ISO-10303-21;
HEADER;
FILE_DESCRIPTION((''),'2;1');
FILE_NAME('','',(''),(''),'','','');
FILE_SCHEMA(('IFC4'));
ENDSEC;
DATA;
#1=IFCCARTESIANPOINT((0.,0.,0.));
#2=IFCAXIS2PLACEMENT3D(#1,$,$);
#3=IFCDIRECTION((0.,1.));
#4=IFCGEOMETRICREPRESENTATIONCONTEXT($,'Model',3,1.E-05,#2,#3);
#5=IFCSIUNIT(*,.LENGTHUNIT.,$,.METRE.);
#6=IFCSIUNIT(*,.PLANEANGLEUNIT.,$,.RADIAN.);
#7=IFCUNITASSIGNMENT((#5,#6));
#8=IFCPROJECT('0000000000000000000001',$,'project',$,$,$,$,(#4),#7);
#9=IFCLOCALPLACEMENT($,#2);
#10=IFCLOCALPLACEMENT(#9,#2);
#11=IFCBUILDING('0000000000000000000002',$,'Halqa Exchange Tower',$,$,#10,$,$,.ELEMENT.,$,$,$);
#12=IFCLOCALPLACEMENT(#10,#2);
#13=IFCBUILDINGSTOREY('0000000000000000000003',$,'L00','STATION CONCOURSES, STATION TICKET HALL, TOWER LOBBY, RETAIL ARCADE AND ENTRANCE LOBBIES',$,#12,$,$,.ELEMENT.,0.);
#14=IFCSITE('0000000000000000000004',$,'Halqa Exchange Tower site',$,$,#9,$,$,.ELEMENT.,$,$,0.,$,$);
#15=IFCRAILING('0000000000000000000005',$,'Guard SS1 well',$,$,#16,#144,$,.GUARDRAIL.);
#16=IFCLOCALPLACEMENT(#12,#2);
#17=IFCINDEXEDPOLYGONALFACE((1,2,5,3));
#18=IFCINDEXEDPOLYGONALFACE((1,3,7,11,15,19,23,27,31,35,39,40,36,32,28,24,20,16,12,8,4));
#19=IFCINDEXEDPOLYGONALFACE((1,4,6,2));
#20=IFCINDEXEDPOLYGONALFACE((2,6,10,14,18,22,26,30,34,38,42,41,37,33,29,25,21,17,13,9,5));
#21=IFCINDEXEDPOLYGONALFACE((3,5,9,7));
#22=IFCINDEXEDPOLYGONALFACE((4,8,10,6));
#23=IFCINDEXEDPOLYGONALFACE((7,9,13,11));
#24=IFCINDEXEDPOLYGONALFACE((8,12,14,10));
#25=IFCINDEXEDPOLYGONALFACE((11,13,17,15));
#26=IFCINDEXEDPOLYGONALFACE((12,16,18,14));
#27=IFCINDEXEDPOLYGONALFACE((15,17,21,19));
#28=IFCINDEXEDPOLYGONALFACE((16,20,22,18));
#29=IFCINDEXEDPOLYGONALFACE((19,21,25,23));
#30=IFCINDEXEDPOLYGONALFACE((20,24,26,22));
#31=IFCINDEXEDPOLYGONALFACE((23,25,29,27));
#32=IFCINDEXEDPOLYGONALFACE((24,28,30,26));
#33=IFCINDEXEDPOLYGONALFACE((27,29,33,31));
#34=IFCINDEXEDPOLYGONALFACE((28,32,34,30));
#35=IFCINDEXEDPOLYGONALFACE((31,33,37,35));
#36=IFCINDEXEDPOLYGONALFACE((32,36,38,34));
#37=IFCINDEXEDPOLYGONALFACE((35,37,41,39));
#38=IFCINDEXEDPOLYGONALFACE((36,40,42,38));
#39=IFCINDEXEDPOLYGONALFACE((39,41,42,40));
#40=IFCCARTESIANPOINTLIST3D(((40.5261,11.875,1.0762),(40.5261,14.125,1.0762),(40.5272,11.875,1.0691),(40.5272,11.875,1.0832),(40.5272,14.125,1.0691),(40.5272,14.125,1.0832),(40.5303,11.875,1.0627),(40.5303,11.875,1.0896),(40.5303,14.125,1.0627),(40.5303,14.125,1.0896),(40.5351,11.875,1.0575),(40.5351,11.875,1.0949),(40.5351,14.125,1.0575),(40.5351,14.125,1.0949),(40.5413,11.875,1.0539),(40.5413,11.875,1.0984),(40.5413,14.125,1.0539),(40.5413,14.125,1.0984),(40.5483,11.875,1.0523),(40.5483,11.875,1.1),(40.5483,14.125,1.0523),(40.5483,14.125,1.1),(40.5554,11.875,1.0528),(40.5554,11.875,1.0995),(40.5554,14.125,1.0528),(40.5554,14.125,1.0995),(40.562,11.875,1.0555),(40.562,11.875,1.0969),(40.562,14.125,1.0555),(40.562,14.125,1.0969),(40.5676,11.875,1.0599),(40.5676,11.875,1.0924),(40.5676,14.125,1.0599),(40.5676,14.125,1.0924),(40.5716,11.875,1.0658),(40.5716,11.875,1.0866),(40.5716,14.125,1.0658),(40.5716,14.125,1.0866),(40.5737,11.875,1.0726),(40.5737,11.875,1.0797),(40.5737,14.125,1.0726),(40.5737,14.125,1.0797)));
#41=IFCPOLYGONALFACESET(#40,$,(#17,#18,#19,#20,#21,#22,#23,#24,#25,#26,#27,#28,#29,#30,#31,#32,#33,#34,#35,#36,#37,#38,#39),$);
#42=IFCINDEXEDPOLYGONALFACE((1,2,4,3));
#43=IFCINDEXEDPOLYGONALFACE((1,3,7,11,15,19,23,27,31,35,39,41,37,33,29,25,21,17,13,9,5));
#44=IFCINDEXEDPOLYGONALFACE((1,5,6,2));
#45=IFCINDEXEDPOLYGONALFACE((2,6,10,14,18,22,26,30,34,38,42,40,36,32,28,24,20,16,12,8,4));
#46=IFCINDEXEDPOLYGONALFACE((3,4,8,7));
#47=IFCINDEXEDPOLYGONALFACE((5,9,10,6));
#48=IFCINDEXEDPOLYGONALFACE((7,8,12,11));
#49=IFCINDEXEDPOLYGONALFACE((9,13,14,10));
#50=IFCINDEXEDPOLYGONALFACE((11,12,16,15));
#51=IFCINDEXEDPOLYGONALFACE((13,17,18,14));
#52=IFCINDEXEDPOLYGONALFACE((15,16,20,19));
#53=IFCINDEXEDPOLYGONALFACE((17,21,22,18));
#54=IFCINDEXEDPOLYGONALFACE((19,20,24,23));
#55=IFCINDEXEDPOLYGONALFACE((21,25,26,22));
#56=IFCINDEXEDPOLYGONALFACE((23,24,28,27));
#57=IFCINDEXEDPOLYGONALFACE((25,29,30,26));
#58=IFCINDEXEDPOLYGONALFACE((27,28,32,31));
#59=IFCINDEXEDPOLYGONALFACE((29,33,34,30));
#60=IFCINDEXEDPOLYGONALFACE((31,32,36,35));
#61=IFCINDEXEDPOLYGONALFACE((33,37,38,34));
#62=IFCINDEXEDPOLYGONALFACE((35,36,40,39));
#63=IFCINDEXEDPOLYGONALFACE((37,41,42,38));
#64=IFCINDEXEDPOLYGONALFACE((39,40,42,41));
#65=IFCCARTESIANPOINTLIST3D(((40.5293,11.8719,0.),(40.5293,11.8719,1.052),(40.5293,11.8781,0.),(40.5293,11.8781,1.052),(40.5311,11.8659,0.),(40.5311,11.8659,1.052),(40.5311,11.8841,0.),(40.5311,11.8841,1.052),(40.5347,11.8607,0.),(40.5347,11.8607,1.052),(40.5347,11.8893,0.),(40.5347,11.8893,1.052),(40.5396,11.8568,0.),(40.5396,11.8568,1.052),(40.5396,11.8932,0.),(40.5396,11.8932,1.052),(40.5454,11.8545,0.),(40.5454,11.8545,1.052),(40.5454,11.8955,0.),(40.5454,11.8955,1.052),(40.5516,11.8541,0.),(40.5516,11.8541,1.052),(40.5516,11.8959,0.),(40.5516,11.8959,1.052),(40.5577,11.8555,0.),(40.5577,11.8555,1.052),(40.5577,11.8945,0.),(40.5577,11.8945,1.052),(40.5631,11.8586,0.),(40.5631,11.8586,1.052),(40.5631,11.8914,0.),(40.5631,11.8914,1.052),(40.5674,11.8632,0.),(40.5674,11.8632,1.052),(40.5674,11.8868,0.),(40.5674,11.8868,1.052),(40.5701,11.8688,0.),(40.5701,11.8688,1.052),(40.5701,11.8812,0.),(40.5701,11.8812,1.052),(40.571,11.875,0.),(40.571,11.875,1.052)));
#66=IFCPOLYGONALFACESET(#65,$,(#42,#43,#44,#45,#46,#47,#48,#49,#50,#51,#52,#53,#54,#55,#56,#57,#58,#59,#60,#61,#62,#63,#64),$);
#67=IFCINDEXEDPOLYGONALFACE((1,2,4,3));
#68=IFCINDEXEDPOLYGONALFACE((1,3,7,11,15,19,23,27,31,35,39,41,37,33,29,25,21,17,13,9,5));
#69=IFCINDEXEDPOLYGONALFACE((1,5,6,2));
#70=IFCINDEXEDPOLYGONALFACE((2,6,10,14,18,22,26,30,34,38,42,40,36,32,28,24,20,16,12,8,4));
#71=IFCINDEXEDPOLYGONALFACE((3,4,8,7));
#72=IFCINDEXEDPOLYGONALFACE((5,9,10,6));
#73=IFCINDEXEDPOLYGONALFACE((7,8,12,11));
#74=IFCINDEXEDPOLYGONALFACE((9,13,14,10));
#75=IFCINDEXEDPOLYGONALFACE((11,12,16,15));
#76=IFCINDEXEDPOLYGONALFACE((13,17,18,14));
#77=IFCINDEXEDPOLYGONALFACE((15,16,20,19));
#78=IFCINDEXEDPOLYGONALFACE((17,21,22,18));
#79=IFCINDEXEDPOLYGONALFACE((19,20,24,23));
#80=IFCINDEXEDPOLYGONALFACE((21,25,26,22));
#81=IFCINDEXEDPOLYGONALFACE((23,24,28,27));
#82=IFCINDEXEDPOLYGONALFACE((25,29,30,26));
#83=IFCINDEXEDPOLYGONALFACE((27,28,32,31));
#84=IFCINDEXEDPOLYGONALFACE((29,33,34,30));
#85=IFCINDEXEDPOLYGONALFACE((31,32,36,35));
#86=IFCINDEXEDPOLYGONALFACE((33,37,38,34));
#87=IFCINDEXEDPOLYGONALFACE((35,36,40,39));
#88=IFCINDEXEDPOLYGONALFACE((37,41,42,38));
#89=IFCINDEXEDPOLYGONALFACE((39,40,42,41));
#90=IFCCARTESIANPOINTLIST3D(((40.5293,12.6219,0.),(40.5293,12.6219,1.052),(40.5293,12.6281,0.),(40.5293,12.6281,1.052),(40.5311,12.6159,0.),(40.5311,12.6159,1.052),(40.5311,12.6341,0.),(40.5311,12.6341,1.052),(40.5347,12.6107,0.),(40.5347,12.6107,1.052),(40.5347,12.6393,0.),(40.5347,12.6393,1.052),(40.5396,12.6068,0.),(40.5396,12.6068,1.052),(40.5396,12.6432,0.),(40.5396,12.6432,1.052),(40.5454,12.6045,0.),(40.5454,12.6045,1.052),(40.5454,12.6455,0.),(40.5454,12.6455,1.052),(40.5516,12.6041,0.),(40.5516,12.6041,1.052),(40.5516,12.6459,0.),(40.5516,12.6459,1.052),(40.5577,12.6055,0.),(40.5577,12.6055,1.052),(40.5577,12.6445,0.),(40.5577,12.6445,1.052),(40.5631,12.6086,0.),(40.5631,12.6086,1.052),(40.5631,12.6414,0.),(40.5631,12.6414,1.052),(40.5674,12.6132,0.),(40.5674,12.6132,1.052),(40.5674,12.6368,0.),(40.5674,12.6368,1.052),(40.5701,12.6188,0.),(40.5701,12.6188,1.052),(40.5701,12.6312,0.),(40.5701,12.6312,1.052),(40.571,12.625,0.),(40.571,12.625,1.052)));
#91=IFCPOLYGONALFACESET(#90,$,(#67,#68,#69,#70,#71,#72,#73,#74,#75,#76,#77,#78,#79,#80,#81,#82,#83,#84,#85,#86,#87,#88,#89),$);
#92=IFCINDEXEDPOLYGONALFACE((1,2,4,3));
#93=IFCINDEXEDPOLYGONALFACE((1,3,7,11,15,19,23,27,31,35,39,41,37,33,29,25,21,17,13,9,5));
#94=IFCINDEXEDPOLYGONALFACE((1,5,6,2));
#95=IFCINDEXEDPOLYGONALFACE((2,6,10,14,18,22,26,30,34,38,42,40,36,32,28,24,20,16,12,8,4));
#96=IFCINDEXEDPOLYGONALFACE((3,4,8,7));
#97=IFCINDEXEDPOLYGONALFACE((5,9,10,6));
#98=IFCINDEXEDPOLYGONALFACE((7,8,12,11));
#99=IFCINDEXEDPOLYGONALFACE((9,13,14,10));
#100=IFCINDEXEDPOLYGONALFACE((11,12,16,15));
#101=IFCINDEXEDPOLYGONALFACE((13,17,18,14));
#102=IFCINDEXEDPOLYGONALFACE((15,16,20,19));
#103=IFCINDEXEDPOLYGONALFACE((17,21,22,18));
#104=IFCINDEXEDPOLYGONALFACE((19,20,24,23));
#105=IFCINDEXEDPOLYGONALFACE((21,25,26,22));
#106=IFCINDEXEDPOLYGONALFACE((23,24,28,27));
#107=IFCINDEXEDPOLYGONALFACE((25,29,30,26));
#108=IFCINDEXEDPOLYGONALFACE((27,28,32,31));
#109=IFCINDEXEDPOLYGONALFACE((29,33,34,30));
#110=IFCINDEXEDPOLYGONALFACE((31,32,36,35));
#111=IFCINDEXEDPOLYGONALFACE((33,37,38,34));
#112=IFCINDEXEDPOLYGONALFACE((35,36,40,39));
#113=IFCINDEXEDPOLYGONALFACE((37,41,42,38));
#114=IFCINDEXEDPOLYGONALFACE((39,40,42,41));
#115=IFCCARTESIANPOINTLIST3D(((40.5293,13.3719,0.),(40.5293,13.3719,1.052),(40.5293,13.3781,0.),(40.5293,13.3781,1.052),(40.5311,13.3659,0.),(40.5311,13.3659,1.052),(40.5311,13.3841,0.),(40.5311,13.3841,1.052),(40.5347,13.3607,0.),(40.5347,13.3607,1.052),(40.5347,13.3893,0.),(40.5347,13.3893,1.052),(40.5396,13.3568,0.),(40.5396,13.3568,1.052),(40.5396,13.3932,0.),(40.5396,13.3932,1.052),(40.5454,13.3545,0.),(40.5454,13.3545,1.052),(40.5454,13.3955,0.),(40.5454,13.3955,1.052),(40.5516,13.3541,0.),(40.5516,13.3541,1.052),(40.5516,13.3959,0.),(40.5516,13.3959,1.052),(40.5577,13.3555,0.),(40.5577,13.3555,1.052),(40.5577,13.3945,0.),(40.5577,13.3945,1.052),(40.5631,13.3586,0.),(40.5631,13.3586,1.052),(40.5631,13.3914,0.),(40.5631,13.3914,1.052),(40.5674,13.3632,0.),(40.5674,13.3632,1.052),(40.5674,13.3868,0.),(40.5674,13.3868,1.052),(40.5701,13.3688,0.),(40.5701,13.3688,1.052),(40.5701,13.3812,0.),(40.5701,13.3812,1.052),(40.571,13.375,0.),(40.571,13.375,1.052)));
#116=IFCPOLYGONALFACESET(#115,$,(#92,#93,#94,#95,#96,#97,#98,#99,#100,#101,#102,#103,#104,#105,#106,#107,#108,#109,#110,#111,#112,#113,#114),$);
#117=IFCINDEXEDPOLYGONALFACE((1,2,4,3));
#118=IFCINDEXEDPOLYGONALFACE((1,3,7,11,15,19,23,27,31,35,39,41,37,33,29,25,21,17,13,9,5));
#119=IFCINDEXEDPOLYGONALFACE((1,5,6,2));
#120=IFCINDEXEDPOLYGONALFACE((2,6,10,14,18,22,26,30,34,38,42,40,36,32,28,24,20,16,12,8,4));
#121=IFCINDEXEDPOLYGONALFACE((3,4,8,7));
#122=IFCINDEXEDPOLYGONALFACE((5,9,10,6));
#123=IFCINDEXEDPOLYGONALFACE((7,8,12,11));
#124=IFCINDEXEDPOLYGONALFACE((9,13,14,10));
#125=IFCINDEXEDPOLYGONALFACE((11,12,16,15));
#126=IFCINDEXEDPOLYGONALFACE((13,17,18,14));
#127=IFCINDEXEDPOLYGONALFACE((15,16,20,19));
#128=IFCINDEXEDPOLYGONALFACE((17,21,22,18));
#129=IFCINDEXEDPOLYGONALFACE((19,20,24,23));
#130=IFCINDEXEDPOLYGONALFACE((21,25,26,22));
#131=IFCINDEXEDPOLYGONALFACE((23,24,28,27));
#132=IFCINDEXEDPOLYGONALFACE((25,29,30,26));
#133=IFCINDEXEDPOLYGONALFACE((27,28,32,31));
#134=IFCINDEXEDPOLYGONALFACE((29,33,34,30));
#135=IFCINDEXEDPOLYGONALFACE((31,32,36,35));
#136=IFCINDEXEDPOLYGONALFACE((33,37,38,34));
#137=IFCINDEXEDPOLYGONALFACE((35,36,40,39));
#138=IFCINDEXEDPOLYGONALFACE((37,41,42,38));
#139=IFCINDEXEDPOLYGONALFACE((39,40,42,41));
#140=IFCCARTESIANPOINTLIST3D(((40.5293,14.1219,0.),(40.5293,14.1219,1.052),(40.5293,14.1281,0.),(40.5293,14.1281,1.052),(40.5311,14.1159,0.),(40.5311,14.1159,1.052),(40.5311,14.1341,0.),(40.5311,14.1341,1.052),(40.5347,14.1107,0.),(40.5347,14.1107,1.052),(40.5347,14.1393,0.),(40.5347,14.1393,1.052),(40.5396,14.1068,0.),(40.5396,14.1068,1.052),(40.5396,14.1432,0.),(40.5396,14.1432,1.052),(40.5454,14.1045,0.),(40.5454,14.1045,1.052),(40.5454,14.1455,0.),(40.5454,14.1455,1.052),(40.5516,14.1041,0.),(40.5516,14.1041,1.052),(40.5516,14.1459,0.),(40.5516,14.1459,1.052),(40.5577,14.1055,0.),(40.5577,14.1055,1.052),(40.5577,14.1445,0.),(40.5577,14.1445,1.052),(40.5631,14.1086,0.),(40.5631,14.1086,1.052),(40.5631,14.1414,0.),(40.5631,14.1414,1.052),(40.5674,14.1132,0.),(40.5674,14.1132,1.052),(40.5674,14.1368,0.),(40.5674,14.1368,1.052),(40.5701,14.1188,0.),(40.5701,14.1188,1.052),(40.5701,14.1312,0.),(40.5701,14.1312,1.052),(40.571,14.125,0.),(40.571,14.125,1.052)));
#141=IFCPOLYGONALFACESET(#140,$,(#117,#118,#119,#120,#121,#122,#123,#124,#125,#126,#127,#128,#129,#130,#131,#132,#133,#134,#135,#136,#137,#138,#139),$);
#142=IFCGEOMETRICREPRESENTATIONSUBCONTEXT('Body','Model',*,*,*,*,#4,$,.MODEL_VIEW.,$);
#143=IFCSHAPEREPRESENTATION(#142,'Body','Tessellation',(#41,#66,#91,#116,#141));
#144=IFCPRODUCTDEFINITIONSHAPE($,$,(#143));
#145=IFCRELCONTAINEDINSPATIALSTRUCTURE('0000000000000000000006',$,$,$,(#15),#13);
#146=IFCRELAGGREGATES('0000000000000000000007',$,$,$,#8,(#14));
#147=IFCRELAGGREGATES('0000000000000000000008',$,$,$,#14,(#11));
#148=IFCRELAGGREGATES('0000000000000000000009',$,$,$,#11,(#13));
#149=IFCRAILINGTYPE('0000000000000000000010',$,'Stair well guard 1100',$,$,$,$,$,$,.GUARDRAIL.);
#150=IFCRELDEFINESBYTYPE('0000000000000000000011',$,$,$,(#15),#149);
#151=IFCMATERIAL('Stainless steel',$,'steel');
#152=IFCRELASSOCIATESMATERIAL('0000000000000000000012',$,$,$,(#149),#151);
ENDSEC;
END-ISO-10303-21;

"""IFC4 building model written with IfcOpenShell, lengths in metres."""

from ifc_helpers import new_model, si_unit, direction, frame, origin, origin_2d, place, context, subcontext, project, spatial, circle, extrude, material, type_object, element, save


model = new_model("IFC4")

# Units and contexts
model_context = context("Model", 3, precision=1e-05, world=origin(), true_north=direction((0.0, 1.0)))
body_context = subcontext(model_context, "Body", "Model", "MODEL_VIEW")
ifc_project = project(units=[si_unit("LENGTHUNIT", "METRE"), si_unit("PLANEANGLEUNIT", "RADIAN")], contexts=[model_context])

# Site, building, storey
site_placement = place(None, origin())
site = spatial("IfcSite", under=ifc_project, at=site_placement, Name="Halqa Exchange Tower site", CompositionType="ELEMENT", RefElevation=0.0)
building_placement = place(site_placement, origin())
building = spatial("IfcBuilding", under=site, at=building_placement, Name="Halqa Exchange Tower", CompositionType="ELEMENT")
storey_placement = place(building_placement, origin())
storey = spatial("IfcBuildingStorey", under=building, at=storey_placement, Name="L00", Description="STATION CONCOURSES, STATION TICKET HALL, TOWER LOBBY, RETAIL ARCADE AND ENTRANCE LOBBIES", CompositionType="ELEMENT", Elevation=0.0)

# Railing
ifc_material_1 = material(Name="Stainless steel", Category="steel")
railing_type = type_object("IfcRailingType", Name="Stair well guard 1100", PredefinedType="GUARDRAIL", material=ifc_material_1)
railing_placement = place(storey_placement, frame((40.55, 11.875, 0.0)))
element("IfcRailing", 1, at=railing_placement, inside=storey, type_object=railing_type, Name="Guard SS1 well", PredefinedType="GUARDRAIL", context=body_context, shape_type="SweptSolid", body=[
    extrude(circle(Radius=0.0239, at=origin_2d()), frame((0.0, 0.0, 1.0762), z_axis=(0.0, 1.0, 0.0), x_axis=(-1.0, 0.0, 0.0)), (0.0, 0.0, 1.0), 2.25),
    extrude(circle(Radius=0.021, at=origin_2d()), origin(), (0.0, 0.0, 1.0), 1.052),
    extrude(circle(Radius=0.021, at=origin_2d()), frame((0.0, 0.75, 0.0)), (0.0, 0.0, 1.0), 1.052),
    extrude(circle(Radius=0.021, at=origin_2d()), frame((0.0, 1.5, 0.0)), (0.0, 0.0, 1.0), 1.052),
    extrude(circle(Radius=0.021, at=origin_2d()), frame((0.0, 2.25, 0.0)), (0.0, 0.0, 1.0), 1.052),
])

save(model, "model.ifc")
